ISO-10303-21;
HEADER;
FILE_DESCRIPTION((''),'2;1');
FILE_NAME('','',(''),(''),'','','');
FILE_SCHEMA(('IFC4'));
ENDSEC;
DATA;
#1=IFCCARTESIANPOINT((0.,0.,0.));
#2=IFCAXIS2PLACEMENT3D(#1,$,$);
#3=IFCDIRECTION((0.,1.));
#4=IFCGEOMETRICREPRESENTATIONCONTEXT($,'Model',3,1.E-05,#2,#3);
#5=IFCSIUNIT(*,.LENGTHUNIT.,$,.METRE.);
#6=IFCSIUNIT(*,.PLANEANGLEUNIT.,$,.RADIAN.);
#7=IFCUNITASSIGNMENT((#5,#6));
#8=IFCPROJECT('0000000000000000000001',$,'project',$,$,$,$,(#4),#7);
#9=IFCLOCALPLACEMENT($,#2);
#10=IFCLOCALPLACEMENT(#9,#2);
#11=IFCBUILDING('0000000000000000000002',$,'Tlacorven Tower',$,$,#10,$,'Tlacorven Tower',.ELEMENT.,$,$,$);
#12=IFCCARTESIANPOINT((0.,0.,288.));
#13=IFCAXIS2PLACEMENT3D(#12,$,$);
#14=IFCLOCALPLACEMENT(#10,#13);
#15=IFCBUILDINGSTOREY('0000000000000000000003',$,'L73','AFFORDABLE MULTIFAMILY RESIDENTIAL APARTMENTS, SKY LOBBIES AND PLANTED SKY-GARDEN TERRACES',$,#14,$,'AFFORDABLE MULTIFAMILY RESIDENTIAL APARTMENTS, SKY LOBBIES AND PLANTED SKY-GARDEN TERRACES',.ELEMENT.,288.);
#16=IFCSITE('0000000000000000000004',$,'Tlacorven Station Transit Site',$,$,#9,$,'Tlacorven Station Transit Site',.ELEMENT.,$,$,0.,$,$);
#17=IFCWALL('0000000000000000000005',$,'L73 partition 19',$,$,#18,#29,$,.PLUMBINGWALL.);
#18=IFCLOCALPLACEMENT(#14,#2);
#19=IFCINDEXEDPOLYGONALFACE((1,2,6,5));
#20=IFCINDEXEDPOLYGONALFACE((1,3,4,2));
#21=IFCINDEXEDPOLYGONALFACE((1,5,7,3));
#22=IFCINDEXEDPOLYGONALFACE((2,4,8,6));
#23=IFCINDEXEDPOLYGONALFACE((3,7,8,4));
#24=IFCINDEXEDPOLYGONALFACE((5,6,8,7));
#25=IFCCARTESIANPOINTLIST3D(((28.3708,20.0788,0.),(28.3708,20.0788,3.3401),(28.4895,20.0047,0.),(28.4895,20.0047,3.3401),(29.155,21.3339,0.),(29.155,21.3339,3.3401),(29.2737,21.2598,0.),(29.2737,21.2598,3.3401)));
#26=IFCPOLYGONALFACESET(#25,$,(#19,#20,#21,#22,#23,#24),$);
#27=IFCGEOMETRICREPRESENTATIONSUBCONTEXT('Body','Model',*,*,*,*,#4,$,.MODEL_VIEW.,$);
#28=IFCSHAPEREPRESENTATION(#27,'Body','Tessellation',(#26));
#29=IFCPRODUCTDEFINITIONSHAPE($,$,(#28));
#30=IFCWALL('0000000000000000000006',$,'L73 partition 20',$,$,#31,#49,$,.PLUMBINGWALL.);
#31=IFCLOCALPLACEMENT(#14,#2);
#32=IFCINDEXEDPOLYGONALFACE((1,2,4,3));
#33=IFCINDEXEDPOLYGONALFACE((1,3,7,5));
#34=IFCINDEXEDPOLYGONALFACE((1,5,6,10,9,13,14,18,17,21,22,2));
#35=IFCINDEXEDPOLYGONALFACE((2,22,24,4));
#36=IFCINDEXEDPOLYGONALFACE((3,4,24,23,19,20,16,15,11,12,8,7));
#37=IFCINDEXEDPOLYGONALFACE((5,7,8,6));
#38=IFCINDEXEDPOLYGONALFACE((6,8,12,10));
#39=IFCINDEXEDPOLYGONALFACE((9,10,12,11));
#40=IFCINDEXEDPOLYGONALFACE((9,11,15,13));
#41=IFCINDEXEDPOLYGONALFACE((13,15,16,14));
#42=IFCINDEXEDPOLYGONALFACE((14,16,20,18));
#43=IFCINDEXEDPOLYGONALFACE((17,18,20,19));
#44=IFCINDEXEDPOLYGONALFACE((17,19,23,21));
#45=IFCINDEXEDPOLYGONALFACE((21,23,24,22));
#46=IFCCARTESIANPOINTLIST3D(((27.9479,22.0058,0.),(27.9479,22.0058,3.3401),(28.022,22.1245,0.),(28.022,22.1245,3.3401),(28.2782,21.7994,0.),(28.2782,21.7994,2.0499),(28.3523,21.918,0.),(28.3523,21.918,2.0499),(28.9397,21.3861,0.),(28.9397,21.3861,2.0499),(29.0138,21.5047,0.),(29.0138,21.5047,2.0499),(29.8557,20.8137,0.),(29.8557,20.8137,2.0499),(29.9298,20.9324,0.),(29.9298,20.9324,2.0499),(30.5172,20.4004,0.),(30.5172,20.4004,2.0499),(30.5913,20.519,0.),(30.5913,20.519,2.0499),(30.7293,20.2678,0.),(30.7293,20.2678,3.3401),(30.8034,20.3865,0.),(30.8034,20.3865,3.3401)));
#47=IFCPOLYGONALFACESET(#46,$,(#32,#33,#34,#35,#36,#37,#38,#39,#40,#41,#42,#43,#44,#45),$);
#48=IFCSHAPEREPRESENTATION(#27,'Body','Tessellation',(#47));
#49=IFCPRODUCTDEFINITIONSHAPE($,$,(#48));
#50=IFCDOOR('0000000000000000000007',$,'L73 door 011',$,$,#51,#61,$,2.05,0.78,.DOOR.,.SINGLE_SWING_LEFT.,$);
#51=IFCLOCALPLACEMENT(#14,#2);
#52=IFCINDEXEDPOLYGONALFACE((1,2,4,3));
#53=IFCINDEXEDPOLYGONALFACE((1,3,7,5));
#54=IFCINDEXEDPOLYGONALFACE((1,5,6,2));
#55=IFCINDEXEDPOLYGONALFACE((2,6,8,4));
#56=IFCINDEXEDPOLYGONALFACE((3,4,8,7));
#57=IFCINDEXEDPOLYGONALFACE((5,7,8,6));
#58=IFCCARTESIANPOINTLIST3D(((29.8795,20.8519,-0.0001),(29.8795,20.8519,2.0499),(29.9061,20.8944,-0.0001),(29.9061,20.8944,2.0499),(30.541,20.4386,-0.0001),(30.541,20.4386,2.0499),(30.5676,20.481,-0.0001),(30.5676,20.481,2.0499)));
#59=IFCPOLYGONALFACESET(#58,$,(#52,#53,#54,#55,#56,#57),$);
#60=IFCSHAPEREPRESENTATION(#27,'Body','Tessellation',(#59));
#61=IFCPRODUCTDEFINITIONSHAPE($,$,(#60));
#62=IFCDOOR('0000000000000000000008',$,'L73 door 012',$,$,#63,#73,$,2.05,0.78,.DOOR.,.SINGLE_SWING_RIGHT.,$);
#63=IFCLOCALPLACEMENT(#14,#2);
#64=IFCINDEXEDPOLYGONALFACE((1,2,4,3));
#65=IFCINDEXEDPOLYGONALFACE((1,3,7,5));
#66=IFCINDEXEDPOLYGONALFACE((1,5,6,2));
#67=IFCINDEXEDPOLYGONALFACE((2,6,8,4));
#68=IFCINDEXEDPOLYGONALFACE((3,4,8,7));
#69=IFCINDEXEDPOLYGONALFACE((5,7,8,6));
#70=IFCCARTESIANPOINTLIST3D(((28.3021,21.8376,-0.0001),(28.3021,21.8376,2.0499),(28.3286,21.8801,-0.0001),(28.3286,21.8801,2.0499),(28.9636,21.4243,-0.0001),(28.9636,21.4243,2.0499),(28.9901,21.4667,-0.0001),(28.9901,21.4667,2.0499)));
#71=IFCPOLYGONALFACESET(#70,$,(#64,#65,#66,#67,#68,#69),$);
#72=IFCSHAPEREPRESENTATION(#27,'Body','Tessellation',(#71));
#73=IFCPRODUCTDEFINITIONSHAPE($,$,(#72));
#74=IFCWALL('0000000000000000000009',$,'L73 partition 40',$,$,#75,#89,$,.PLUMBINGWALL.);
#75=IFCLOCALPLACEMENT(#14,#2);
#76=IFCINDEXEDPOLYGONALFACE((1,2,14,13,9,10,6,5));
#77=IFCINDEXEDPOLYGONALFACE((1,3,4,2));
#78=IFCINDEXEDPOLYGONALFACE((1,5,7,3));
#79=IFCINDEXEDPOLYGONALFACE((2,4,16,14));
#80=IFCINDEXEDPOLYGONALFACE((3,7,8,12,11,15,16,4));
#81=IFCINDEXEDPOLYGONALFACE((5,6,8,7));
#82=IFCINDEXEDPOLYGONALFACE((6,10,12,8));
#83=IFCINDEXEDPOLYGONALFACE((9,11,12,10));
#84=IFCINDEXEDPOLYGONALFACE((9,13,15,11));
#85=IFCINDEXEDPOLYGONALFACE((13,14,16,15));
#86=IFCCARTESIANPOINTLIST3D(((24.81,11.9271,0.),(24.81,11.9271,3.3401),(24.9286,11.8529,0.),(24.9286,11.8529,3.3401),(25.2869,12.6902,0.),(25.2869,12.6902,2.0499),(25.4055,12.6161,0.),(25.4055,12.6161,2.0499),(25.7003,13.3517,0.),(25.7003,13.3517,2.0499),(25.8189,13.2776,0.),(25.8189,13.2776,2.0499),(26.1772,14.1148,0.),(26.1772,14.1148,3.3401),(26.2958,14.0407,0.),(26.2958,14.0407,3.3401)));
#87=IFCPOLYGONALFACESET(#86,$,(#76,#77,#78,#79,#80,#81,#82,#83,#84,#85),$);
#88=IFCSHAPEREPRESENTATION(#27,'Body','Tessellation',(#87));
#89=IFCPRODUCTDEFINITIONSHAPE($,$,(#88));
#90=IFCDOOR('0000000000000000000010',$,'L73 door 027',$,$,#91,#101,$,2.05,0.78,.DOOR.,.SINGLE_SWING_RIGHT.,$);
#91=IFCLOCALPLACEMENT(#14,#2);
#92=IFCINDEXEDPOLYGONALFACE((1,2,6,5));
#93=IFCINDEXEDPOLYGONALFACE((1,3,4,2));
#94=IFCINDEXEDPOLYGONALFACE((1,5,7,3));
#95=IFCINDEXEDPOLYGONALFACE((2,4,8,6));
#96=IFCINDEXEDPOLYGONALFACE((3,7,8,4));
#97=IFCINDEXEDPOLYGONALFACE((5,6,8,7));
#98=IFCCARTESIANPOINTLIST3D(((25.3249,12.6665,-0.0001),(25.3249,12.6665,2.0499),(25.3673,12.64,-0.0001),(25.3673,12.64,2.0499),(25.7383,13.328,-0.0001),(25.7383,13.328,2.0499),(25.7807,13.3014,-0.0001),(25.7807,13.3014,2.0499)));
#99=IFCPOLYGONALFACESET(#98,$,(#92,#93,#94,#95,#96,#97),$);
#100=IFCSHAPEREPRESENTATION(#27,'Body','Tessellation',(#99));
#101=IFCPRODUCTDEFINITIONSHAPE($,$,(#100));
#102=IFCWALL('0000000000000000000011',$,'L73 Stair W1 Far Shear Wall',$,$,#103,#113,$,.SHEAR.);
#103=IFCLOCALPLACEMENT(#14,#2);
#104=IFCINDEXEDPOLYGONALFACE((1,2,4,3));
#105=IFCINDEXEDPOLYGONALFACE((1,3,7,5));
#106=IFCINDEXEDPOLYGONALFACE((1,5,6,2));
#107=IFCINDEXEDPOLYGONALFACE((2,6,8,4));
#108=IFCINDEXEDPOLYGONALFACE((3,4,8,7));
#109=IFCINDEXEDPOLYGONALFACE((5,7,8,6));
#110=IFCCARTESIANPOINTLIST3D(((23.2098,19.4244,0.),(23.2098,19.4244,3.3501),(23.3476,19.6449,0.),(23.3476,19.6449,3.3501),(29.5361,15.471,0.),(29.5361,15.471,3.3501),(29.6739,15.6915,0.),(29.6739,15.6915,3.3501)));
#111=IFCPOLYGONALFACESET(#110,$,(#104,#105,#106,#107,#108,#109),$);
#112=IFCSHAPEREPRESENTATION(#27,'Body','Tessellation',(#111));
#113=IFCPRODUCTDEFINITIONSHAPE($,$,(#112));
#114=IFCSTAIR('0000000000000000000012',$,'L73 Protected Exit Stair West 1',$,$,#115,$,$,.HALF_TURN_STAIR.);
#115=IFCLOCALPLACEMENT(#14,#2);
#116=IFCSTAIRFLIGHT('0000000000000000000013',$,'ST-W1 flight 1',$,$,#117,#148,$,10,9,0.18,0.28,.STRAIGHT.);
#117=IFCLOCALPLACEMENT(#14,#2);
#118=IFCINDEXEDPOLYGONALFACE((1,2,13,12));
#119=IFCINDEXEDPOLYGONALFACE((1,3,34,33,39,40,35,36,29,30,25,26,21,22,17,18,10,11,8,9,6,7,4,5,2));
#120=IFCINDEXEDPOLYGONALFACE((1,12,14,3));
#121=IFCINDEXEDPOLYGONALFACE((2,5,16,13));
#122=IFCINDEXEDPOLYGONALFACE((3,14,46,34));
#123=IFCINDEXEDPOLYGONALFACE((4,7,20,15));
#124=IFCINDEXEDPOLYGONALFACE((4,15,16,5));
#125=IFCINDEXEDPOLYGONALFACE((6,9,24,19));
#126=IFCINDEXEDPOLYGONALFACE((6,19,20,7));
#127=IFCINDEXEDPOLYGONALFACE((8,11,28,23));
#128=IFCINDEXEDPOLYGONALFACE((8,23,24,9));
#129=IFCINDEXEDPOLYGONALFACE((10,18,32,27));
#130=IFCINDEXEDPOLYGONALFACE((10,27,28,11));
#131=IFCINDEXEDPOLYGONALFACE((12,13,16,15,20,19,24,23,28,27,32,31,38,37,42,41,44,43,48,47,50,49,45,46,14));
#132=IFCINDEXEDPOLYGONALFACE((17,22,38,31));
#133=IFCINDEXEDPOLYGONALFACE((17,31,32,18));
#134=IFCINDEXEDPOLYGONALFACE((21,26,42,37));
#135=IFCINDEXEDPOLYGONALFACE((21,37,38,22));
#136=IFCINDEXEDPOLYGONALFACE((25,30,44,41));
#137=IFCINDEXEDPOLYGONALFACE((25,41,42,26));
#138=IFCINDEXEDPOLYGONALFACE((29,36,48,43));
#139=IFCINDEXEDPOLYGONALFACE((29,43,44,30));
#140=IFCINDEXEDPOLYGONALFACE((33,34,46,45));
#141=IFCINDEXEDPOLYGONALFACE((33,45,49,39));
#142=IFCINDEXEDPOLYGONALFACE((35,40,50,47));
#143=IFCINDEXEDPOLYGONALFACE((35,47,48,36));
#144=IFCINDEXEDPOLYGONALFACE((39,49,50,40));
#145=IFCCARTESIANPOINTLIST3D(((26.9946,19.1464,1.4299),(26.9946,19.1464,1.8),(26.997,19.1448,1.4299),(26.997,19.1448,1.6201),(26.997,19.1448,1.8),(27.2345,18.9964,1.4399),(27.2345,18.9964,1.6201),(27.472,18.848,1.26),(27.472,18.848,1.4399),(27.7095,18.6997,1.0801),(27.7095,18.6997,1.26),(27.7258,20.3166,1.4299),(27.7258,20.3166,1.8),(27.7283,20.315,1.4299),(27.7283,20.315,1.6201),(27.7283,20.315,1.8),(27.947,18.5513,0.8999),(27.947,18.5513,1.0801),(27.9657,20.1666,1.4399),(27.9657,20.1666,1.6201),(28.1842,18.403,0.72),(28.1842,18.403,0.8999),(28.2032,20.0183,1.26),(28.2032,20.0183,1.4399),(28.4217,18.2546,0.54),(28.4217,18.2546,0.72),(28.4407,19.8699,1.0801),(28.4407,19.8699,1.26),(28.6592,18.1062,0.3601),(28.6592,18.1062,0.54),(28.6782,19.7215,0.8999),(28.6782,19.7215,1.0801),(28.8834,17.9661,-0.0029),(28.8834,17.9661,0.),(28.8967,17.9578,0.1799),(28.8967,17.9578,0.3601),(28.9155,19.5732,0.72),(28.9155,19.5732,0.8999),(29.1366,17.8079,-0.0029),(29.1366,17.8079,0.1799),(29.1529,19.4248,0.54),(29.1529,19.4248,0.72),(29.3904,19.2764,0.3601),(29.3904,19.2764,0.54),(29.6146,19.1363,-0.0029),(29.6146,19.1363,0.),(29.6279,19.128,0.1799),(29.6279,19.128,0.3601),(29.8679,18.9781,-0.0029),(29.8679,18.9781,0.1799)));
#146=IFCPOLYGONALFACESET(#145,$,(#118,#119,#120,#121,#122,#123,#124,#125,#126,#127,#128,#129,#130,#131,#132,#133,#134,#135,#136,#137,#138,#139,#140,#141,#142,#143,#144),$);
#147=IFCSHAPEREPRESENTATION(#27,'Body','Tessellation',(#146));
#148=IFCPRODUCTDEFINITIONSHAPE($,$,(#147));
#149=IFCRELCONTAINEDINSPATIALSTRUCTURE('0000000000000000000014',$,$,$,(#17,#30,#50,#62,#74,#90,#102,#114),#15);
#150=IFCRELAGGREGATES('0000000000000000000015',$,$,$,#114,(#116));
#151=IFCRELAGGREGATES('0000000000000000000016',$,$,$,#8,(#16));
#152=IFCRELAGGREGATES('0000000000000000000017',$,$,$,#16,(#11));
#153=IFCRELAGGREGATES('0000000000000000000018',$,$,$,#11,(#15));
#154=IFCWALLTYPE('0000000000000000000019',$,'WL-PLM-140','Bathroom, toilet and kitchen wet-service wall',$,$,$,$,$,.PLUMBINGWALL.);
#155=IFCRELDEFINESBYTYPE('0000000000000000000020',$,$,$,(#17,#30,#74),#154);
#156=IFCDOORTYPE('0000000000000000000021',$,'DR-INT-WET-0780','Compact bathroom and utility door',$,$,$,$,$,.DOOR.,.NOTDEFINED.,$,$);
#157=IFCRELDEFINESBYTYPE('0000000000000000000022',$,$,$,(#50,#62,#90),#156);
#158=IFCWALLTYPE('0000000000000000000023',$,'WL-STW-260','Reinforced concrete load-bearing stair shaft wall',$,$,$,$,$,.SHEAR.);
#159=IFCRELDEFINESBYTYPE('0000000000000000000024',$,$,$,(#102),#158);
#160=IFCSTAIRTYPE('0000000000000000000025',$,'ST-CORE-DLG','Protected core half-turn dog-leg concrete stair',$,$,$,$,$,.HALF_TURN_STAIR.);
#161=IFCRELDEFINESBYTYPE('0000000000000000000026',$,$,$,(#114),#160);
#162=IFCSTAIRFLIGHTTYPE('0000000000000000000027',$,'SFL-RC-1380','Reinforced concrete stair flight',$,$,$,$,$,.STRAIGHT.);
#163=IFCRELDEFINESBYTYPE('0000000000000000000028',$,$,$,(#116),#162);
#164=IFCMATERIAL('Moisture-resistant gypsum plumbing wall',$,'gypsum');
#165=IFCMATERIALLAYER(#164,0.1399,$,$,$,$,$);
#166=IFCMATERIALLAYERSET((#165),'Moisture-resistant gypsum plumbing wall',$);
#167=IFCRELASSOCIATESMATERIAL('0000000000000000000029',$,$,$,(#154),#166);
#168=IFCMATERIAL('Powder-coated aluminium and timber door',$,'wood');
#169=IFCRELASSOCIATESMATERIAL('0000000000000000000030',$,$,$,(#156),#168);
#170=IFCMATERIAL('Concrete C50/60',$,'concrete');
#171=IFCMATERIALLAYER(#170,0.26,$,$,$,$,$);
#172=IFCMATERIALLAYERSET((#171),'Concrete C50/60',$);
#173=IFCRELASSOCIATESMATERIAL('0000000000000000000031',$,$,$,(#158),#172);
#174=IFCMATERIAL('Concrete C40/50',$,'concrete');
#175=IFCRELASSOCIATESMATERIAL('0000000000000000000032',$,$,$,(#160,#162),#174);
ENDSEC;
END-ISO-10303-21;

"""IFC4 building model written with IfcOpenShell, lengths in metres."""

from ifc_helpers import new_model, si_unit, direction, frame, frame_2d, origin, place, context, subcontext, project, spatial, polyline, rectangle, outline, extrude, source, transform, mapped, material, layer, layer_set, type_object, element, fill, aggregate, save


model = new_model("IFC4")

# Units and contexts
model_context = context("Model", 3, precision=1e-05, world=origin(), true_north=direction((0.0, 1.0)))
body_context = subcontext(model_context, "Body", "Model", "MODEL_VIEW")
ifc_project = project(units=[si_unit("LENGTHUNIT", "METRE"), si_unit("PLANEANGLEUNIT", "RADIAN")], contexts=[model_context])

# Site, building, storey
site_placement = place(None, origin())
site = spatial("IfcSite", under=ifc_project, at=site_placement, Name="Tlacorven Station Transit Site", LongName="Tlacorven Station Transit Site", CompositionType="ELEMENT", RefElevation=0.0)
building_placement = place(site_placement, origin())
building = spatial("IfcBuilding", under=site, at=building_placement, Name="Tlacorven Tower", LongName="Tlacorven Tower", CompositionType="ELEMENT")
storey_placement = place(building_placement, frame((0.0, 0.0, 288.0)))
storey = spatial("IfcBuildingStorey", under=building, at=storey_placement, Name="L73", Description="AFFORDABLE MULTIFAMILY RESIDENTIAL APARTMENTS, SKY LOBBIES AND PLANTED SKY-GARDEN TERRACES", LongName="AFFORDABLE MULTIFAMILY RESIDENTIAL APARTMENTS, SKY LOBBIES AND PLANTED SKY-GARDEN TERRACES", CompositionType="ELEMENT", Elevation=288.0)

# Wall
ifc_material_1 = material(Name="Moisture-resistant gypsum plumbing wall", Category="gypsum")
ifc_layer_1 = layer(ifc_material_1, 0.1399)
ifc_layer_set_1 = layer_set([ifc_layer_1], Name="Moisture-resistant gypsum plumbing wall")
wall_type_1 = type_object("IfcWallType", Name="WL-PLM-140", Description="Bathroom, toilet and kitchen wet-service wall", PredefinedType="PLUMBINGWALL", material=ifc_layer_set_1)
wall_1_placement = place(storey_placement, frame((29.2144, 21.2969, 0.0), z_axis=(0.0, 0.0, 1.0), x_axis=(-0.529865, -0.848082, 0.0)))
element("IfcWall", 1, at=wall_1_placement, inside=storey, type_object=wall_type_1, Name="L73 partition 19", PredefinedType="PLUMBINGWALL", context=body_context, shape_type="SweptSolid", body=[
    extrude(rectangle(XDim=1.48, YDim=0.1399, at=frame_2d((0.74, 0.0))), origin(), (0.0, 0.0, 1.0), 3.3401),
])

# Wall, openings, doors
wall_2_placement = place(storey_placement, frame((30.7664, 20.3271, 0.0), z_axis=(0.0, 0.0, 1.0), x_axis=(-0.848053, 0.529912, 0.0)))
wall_2 = element("IfcWall", 2, at=wall_2_placement, inside=storey, type_object=wall_type_1, Name="L73 partition 20", PredefinedType="PLUMBINGWALL", context=body_context, shape_type="SweptSolid", body=[
    extrude(rectangle(XDim=3.2798, YDim=0.1399, at=frame_2d((1.6399, 0.0))), origin(), (0.0, 0.0, 1.0), 3.3401),
])
opening_1_placement = place(wall_2_placement, frame((0.25, 0.0, 0.0)))
opening_1 = element("IfcOpeningElement", 3, at=opening_1_placement, cuts=wall_2, PredefinedType="OPENING", context=body_context, shape_type="SweptSolid", body=[
    extrude(rectangle(XDim=0.78, YDim=2.05, at=frame_2d((0.3901, 1.0249))), frame((0.0, 0.0801, 0.0), z_axis=(0.0, -1.0, 0.0), x_axis=(1.0, 0.0, 0.0)), (0.0, 0.0, 1.0), 0.1599),
])
opening_2_placement = place(wall_2_placement, frame((2.1101, 0.0, 0.0)))
opening_2 = element("IfcOpeningElement", 4, at=opening_2_placement, cuts=wall_2, PredefinedType="OPENING", context=body_context, shape_type="SweptSolid", body=[
    extrude(rectangle(XDim=0.78, YDim=2.05, at=frame_2d((0.3901, 1.0249))), frame((0.0, 0.0801, 0.0), z_axis=(0.0, -1.0, 0.0), x_axis=(1.0, 0.0, 0.0)), (0.0, 0.0, 1.0), 0.1599),
])
ifc_material_2 = material(Name="Powder-coated aluminium and timber door", Category="wood")
door_type = type_object("IfcDoorType", Name="DR-INT-WET-0780", Description="Compact bathroom and utility door", OperationType="NOTDEFINED", PredefinedType="DOOR", material=ifc_material_2)
shared_shape_1 = source(origin(), body_context, "Body", "SweptSolid", [
    extrude(rectangle(XDim=0.78, YDim=2.05, at=frame_2d((0.3901, 1.0249))), frame((0.0, 0.0249, 0.0), z_axis=(0.0, -1.0, 0.0), x_axis=(1.0, 0.0, 0.0)), (0.0, 0.0, 1.0), 0.05),
])
door_1_placement = place(opening_1_placement, origin())
door_1 = element("IfcDoor", 5, at=door_1_placement, inside=storey, type_object=door_type, Name="L73 door 011", OperationType="SINGLE_SWING_LEFT", OverallHeight=2.05, OverallWidth=0.78, PredefinedType="DOOR", context=body_context, shape_type="MappedRepresentation", body=[
    mapped(shared_shape_1, transform((0.0, 0.0, 0.0), scale=1.0)),
])
fill(opening_1, door_1)
door_2_placement = place(opening_2_placement, origin())
door_2 = element("IfcDoor", 6, at=door_2_placement, inside=storey, type_object=door_type, Name="L73 door 012", OperationType="SINGLE_SWING_RIGHT", OverallHeight=2.05, OverallWidth=0.78, PredefinedType="DOOR", context=body_context, shape_type="MappedRepresentation", body=[
    mapped(shared_shape_1, transform((0.0, 0.0, 0.0), scale=1.0)),
])
fill(opening_2, door_2)

# Wall, opening, door
wall_3_placement = place(storey_placement, frame((26.2366, 14.0779, 0.0), z_axis=(0.0, 0.0, 1.0), x_axis=(-0.529956, -0.848025, 0.0)))
wall_3 = element("IfcWall", 7, at=wall_3_placement, inside=storey, type_object=wall_type_1, Name="L73 partition 40", PredefinedType="PLUMBINGWALL", context=body_context, shape_type="SweptSolid", body=[
    extrude(rectangle(XDim=2.5798, YDim=0.1399, at=frame_2d((1.29, 0.0))), origin(), (0.0, 0.0, 1.0), 3.3401),
])
opening_3_placement = place(wall_3_placement, frame((0.8999, 0.0, 0.0)))
opening_3 = element("IfcOpeningElement", 8, at=opening_3_placement, cuts=wall_3, PredefinedType="OPENING", context=body_context, shape_type="SweptSolid", body=[
    extrude(rectangle(XDim=0.78, YDim=2.05, at=frame_2d((0.3901, 1.0249))), frame((0.0, 0.0801, 0.0), z_axis=(0.0, -1.0, 0.0), x_axis=(1.0, 0.0, 0.0)), (0.0, 0.0, 1.0), 0.1599),
])
door_3_placement = place(opening_3_placement, origin())
door_3 = element("IfcDoor", 9, at=door_3_placement, inside=storey, type_object=door_type, Name="L73 door 027", OperationType="SINGLE_SWING_RIGHT", OverallHeight=2.05, OverallWidth=0.78, PredefinedType="DOOR", context=body_context, shape_type="MappedRepresentation", body=[
    mapped(shared_shape_1, transform((0.0, 0.0, 0.0), scale=1.0)),
])
fill(opening_3, door_3)

# Wall
ifc_material_3 = material(Name="Concrete C50/60", Category="concrete")
ifc_layer_2 = layer(ifc_material_3, 0.26)
ifc_layer_set_2 = layer_set([ifc_layer_2], Name="Concrete C50/60")
wall_type_2 = type_object("IfcWallType", Name="WL-STW-260", Description="Reinforced concrete load-bearing stair shaft wall", PredefinedType="SHEAR", material=ifc_layer_set_2)
wall_4_placement = place(storey_placement, frame((29.605, 15.5813, 0.0), z_axis=(0.0, 0.0, 1.0), x_axis=(-0.848037, 0.529937, 0.0)))
element("IfcWall", 10, at=wall_4_placement, inside=storey, type_object=wall_type_2, Name="L73 Stair W1 Far Shear Wall", PredefinedType="SHEAR", context=body_context, shape_type="SweptSolid", body=[
    extrude(rectangle(XDim=7.46, YDim=0.26, at=frame_2d((3.73, 0.0))), origin(), (0.0, 0.0, 1.0), 3.3501),
])

# Stair, stair flight
ifc_material_4 = material(Name="Concrete C40/50", Category="concrete")
stair_type = type_object("IfcStairType", Name="ST-CORE-DLG", Description="Protected core half-turn dog-leg concrete stair", PredefinedType="HALF_TURN_STAIR", material=ifc_material_4)
stair_placement = place(storey_placement, origin())
stair = element("IfcStair", 11, at=stair_placement, inside=storey, type_object=stair_type, Name="L73 Protected Exit Stair West 1", PredefinedType="HALF_TURN_STAIR")
stair_flight_type = type_object("IfcStairFlightType", Name="SFL-RC-1380", Description="Reinforced concrete stair flight", PredefinedType="STRAIGHT", material=ifc_material_4)
shared_shape_2 = source(origin(), body_context, "Body", "SweptSolid", [
    extrude(outline(polyline([(-0.0029, -0.0029), (-0.0029, 0.1799), (0.28, 0.1799), (0.28, 0.3601), (0.5601, 0.3601), (0.5601, 0.54), (0.8401, 0.54), (0.8401, 0.72), (1.1201, 0.72), (1.1201, 0.8999), (1.3999, 0.8999), (1.3999, 1.0801), (1.6799, 1.0801), (1.6799, 1.26), (1.96, 1.26), (1.96, 1.4399), (2.24, 1.4399), (2.24, 1.6201), (2.52, 1.6201), (2.52, 1.8), (2.5229, 1.8), (2.5229, 1.4299), (2.52, 1.4299), (0.2957, 0.0), (0.2957, -0.0029), (-0.0029, -0.0029)])), frame((0.0, 0.6899, 0.0), z_axis=(0.0, -1.0, 0.0), x_axis=(1.0, 0.0, 0.0)), (0.0, 0.0, 1.0), 1.3799),
])
stair_flight_1_placement = place(storey_placement, frame((29.4998, 18.3945, 0.0), z_axis=(0.0, 0.0, 1.0), x_axis=(-0.848048, 0.529919, 0.0)))
stair_flight_1 = element("IfcStairFlight", 12, at=stair_flight_1_placement, type_object=stair_flight_type, Name="ST-W1 flight 1", NumberOfRisers=10, NumberOfTreads=9, PredefinedType="STRAIGHT", RiserHeight=0.18, TreadLength=0.28, context=body_context, shape_type="MappedRepresentation", body=[
    mapped(shared_shape_2, transform((0.0, 0.0, 0.0), scale=1.0)),
])
aggregate(stair, [stair_flight_1])

save(model, "model.ifc")
